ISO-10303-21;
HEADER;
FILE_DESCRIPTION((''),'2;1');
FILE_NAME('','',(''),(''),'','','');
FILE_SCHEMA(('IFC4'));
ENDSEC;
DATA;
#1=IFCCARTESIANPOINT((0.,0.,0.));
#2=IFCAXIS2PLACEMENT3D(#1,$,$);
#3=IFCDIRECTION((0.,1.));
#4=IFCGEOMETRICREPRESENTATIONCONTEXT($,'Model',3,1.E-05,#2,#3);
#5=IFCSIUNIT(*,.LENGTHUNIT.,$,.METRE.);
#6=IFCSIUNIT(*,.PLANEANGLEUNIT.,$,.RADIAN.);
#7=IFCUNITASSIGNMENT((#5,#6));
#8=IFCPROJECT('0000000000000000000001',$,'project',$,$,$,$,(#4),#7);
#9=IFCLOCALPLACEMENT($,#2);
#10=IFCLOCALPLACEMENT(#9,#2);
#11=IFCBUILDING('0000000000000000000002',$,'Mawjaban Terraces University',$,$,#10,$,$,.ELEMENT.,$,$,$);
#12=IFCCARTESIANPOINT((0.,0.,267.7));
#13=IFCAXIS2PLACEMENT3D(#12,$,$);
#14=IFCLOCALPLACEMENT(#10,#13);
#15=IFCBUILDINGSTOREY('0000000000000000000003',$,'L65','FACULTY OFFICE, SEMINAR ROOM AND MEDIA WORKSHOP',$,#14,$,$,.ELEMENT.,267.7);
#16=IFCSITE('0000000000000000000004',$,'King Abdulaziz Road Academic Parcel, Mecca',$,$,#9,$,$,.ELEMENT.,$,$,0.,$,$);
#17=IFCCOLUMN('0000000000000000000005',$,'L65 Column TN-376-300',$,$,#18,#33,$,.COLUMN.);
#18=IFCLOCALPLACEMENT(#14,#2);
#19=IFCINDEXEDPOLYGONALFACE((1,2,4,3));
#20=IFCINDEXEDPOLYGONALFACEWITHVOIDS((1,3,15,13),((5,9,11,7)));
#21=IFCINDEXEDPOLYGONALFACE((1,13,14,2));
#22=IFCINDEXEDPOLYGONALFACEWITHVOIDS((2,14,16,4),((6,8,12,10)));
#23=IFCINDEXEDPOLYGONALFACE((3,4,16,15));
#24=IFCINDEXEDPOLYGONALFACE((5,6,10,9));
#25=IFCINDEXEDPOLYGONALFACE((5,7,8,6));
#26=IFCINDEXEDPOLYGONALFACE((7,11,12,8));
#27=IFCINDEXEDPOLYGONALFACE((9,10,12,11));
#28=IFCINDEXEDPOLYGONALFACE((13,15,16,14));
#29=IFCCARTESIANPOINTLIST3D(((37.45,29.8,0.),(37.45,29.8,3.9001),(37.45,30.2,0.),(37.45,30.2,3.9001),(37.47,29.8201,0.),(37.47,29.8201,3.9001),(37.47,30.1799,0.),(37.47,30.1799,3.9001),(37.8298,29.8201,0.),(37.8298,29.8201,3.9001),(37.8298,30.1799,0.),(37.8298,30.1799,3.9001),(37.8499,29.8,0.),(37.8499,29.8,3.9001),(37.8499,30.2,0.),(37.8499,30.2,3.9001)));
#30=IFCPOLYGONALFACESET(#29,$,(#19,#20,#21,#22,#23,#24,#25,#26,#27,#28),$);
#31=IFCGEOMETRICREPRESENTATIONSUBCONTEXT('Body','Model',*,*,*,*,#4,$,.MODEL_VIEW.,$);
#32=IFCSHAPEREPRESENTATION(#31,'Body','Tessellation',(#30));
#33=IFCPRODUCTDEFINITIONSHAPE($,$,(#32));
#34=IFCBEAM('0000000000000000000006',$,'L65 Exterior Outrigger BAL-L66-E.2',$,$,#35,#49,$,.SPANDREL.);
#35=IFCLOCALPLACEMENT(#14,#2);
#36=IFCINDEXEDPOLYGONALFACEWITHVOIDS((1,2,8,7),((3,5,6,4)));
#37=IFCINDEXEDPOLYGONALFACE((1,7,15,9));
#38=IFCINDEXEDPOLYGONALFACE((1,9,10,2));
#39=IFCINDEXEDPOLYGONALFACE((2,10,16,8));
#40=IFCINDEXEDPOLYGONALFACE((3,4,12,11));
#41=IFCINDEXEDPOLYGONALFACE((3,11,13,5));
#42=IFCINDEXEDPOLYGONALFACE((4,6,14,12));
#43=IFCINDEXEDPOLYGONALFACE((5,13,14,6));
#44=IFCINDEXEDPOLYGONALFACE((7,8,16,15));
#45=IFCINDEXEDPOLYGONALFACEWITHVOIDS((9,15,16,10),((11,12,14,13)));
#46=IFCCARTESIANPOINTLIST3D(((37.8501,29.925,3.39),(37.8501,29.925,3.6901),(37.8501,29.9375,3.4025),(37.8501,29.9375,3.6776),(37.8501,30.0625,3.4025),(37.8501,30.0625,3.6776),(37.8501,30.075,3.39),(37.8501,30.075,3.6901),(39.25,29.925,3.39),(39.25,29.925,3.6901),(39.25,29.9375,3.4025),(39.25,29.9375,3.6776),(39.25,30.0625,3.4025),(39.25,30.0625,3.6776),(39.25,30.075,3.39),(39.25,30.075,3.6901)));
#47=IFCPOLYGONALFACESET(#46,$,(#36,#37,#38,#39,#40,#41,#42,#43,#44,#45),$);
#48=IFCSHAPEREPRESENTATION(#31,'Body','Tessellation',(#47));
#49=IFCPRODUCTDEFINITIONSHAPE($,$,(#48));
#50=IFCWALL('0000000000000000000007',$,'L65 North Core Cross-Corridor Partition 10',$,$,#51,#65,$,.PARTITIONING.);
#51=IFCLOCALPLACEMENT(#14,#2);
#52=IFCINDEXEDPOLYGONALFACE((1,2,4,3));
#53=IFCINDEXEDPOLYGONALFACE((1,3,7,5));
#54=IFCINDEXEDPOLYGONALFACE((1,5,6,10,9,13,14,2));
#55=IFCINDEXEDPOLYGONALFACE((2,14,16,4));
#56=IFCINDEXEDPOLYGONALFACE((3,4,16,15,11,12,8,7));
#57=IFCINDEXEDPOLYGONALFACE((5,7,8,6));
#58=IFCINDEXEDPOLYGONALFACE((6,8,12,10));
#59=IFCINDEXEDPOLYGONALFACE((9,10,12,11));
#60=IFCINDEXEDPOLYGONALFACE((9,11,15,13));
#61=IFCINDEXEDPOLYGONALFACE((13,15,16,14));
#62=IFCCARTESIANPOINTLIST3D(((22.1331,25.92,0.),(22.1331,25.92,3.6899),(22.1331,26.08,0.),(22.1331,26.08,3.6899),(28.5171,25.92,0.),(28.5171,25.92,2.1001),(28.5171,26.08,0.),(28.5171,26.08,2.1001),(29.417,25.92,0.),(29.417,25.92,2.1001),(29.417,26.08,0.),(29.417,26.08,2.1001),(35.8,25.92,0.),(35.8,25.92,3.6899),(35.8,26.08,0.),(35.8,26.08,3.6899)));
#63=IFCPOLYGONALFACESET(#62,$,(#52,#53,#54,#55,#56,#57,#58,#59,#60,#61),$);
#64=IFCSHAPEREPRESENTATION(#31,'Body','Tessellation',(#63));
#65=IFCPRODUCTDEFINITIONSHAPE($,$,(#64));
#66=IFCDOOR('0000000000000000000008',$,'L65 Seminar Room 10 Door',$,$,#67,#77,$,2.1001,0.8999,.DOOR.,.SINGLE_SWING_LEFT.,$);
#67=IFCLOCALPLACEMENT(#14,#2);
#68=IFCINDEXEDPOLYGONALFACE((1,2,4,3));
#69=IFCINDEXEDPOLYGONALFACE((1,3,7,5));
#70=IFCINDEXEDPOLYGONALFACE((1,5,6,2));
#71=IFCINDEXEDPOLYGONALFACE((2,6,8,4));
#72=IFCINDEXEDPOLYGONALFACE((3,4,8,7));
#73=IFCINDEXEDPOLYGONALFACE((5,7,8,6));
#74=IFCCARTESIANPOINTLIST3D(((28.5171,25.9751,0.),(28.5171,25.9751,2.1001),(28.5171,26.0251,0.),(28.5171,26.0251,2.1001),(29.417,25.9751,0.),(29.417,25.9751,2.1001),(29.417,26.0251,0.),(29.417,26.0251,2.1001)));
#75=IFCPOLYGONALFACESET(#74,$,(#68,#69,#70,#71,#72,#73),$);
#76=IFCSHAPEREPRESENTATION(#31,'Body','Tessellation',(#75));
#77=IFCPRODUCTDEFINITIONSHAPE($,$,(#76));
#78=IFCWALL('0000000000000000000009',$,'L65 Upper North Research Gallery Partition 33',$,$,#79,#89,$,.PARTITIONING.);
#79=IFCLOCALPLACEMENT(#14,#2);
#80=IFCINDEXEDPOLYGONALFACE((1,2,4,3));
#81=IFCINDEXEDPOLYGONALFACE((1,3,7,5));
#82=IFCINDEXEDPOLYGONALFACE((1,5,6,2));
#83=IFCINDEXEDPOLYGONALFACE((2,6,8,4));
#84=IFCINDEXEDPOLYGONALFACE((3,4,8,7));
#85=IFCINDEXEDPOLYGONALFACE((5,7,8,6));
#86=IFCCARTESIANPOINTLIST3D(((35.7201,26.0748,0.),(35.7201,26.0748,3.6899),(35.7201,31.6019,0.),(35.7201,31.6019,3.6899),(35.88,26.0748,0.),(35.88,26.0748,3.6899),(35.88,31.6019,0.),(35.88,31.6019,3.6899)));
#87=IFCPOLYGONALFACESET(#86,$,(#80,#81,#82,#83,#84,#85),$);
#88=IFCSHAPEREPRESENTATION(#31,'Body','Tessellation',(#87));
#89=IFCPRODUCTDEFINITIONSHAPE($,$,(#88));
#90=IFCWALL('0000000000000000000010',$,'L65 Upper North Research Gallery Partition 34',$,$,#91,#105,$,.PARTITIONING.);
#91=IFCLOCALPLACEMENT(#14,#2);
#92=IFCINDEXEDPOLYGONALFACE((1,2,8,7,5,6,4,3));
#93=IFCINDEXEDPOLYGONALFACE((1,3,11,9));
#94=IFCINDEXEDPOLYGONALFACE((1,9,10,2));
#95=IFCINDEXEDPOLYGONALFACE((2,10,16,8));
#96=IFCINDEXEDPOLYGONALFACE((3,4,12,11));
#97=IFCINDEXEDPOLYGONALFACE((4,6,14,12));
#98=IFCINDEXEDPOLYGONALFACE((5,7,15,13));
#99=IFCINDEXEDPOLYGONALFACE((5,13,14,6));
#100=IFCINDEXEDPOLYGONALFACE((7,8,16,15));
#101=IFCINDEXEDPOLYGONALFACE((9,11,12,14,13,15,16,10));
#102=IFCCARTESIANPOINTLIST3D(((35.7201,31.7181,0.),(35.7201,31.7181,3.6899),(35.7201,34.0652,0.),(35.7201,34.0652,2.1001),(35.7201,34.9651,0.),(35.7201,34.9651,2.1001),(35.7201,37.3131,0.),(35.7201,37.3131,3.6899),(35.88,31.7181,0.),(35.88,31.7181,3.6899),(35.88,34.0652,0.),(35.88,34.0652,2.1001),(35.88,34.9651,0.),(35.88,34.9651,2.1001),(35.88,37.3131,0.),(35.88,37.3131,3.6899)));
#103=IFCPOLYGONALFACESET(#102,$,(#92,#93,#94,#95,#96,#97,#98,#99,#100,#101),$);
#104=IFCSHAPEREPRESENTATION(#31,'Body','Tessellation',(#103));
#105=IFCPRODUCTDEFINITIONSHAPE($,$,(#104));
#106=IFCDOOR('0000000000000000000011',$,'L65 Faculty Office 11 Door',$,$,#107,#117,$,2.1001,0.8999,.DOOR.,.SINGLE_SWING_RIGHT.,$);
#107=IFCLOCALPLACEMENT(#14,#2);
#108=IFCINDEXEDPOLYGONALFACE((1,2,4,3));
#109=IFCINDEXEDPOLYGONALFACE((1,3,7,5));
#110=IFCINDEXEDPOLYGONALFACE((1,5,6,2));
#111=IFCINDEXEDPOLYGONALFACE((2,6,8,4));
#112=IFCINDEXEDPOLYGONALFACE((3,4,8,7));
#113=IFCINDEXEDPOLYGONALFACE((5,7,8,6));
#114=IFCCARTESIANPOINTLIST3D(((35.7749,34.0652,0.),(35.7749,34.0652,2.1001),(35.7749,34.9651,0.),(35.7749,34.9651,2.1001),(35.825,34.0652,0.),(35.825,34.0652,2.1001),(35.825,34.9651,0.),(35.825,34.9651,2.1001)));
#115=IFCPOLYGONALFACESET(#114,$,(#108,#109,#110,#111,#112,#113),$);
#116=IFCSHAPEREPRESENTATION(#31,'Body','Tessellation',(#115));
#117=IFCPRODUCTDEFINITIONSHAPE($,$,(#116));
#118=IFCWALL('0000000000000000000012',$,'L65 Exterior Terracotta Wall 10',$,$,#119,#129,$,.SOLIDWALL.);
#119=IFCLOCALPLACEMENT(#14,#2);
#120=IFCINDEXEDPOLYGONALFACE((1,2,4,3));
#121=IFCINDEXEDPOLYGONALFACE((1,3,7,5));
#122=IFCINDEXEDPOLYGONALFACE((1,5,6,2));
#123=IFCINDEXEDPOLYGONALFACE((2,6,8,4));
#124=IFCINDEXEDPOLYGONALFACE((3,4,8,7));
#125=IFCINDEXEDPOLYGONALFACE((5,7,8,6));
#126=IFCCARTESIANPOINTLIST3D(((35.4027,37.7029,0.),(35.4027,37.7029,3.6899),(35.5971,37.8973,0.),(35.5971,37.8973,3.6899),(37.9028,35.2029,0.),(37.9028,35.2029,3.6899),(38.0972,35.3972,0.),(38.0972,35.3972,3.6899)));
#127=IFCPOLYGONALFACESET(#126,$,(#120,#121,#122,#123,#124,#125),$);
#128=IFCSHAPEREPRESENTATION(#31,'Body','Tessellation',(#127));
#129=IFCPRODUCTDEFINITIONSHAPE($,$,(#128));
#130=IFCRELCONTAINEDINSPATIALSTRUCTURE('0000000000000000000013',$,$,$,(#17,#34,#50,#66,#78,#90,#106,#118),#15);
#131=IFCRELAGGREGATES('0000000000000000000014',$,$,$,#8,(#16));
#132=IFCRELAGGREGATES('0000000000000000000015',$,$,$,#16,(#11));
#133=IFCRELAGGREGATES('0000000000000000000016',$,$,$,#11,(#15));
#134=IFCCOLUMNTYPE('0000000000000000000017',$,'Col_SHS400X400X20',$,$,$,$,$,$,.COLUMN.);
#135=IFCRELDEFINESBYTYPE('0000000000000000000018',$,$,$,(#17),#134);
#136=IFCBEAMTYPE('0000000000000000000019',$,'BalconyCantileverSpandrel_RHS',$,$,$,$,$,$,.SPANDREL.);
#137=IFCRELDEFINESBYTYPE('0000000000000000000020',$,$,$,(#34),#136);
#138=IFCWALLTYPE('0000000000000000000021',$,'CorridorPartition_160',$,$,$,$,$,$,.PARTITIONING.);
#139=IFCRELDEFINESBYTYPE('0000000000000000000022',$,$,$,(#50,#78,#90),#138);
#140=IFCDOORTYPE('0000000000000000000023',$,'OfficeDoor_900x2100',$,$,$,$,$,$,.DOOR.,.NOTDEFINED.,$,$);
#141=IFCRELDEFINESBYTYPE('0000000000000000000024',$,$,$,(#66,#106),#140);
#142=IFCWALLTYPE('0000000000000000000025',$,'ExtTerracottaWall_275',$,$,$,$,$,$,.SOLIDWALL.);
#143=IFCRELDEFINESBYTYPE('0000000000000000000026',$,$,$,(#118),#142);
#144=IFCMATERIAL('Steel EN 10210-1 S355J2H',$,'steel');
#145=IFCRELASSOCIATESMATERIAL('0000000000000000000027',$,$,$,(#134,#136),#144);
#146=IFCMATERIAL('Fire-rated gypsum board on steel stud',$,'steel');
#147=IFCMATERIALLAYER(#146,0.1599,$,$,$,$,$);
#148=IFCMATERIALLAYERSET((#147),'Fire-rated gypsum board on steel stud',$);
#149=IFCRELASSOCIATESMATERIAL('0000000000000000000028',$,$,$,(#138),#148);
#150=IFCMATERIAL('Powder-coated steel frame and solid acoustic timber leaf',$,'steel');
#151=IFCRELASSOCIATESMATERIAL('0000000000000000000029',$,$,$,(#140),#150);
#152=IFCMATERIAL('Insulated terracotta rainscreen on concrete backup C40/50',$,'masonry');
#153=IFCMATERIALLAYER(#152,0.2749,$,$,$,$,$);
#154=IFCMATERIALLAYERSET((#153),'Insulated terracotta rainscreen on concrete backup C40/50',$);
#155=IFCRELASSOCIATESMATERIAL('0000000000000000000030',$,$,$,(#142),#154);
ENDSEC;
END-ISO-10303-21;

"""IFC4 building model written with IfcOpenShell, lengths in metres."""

from ifc_helpers import new_model, si_unit, direction, frame, frame_2d, origin, origin_2d, place, context, subcontext, project, spatial, rectangle, hollow_rectangle, extrude, material, layer, layer_set, material_profile, profile_set, type_object, element, fill, save


model = new_model("IFC4")

# Units and contexts
model_context = context("Model", 3, precision=1e-05, world=origin(), true_north=direction((0.0, 1.0)))
body_context = subcontext(model_context, "Body", "Model", "MODEL_VIEW")
ifc_project = project(units=[si_unit("LENGTHUNIT", "METRE"), si_unit("PLANEANGLEUNIT", "RADIAN")], contexts=[model_context])

# Site, building, storey
site_placement = place(None, origin())
site = spatial("IfcSite", under=ifc_project, at=site_placement, Name="King Abdulaziz Road Academic Parcel, Mecca", CompositionType="ELEMENT", RefElevation=0.0)
building_placement = place(site_placement, origin())
building = spatial("IfcBuilding", under=site, at=building_placement, Name="Mawjaban Terraces University", CompositionType="ELEMENT")
storey_placement = place(building_placement, frame((0.0, 0.0, 267.7)))
storey = spatial("IfcBuildingStorey", under=building, at=storey_placement, Name="L65", Description="FACULTY OFFICE, SEMINAR ROOM AND MEDIA WORKSHOP", CompositionType="ELEMENT", Elevation=267.7)

# Column
ifc_material_1 = material(Name="Steel EN 10210-1 S355J2H", Category="steel")
ifc_material_profile_1 = material_profile(ifc_material_1, hollow_rectangle(XDim=0.3999, YDim=0.3999, WallThickness=0.02, at=origin_2d()), Name="SHS400X400X20")
ifc_profile_set_1 = profile_set([ifc_material_profile_1], Name="Steel EN 10210-1 S355J2H")
column_type = type_object("IfcColumnType", Name="Col_SHS400X400X20", PredefinedType="COLUMN", material=ifc_profile_set_1)
column_placement = place(storey_placement, frame((37.6499, 30.0, 0.0), z_axis=(0.0, 0.0, 1.0), x_axis=(1.0, 0.0, 0.0)))
element("IfcColumn", 1, at=column_placement, inside=storey, type_object=column_type, Name="L65 Column TN-376-300", PredefinedType="COLUMN", context=body_context, shape_type="SweptSolid", body=[
    extrude(hollow_rectangle(XDim=0.3999, YDim=0.3999, WallThickness=0.02, at=origin_2d()), origin(), (0.0, 0.0, 1.0), 3.9001),
])

# Beam
ifc_material_profile_2 = material_profile(ifc_material_1, hollow_rectangle(XDim=0.1499, YDim=0.3, WallThickness=0.0125, at=origin_2d()), Name="RHS300X150X12.5")
ifc_profile_set_2 = profile_set([ifc_material_profile_2], Name="Steel EN 10210-1 S355J2H")
beam_type = type_object("IfcBeamType", Name="BalconyCantileverSpandrel_RHS", PredefinedType="SPANDREL", material=ifc_profile_set_2)
beam_placement = place(storey_placement, frame((37.8501, 30.0, 3.54), z_axis=(1.0, 0.0, 0.0), x_axis=(0.0, 1.0, 0.0)))
element("IfcBeam", 2, at=beam_placement, inside=storey, type_object=beam_type, Name="L65 Exterior Outrigger BAL-L66-E.2", PredefinedType="SPANDREL", context=body_context, shape_type="SweptSolid", body=[
    extrude(hollow_rectangle(XDim=0.1499, YDim=0.3, WallThickness=0.0125, at=origin_2d()), origin(), (0.0, 0.0, 1.0), 1.3999),
])

# Wall, opening, door
ifc_material_2 = material(Name="Fire-rated gypsum board on steel stud", Category="steel")
ifc_layer_1 = layer(ifc_material_2, 0.1599)
ifc_layer_set_1 = layer_set([ifc_layer_1], Name="Fire-rated gypsum board on steel stud")
wall_type_1 = type_object("IfcWallType", Name="CorridorPartition_160", PredefinedType="PARTITIONING", material=ifc_layer_set_1)
wall_1_placement = place(storey_placement, frame((35.8, 26.0, 0.0), z_axis=(0.0, 0.0, 1.0), x_axis=(-1.0, 0.0, 0.0)))
wall_1 = element("IfcWall", 3, at=wall_1_placement, inside=storey, type_object=wall_type_1, Name="L65 North Core Cross-Corridor Partition 10", PredefinedType="PARTITIONING", context=body_context, shape_type="SweptSolid", body=[
    extrude(rectangle(XDim=13.667, YDim=0.1599, at=frame_2d((6.8335, 0.0))), origin(), (0.0, 0.0, 1.0), 3.6899),
])
opening_1_placement = place(wall_1_placement, frame((6.3831, 0.0, 0.0)))
opening_1 = element("IfcOpeningElement", 4, at=opening_1_placement, cuts=wall_1, PredefinedType="OPENING", context=body_context, shape_type="SweptSolid", body=[
    extrude(rectangle(XDim=0.8999, YDim=2.1001, at=frame_2d((0.45, 1.05))), frame((0.0, 0.0898, 0.0), z_axis=(0.0, -1.0, 0.0), x_axis=(1.0, 0.0, 0.0)), (0.0, 0.0, 1.0), 0.1799),
])
ifc_material_3 = material(Name="Powder-coated steel frame and solid acoustic timber leaf", Category="steel")
door_type = type_object("IfcDoorType", Name="OfficeDoor_900x2100", OperationType="NOTDEFINED", PredefinedType="DOOR", material=ifc_material_3)
door_1_placement = place(opening_1_placement, origin())
door_1 = element("IfcDoor", 5, at=door_1_placement, inside=storey, type_object=door_type, Name="L65 Seminar Room 10 Door", OperationType="SINGLE_SWING_LEFT", OverallHeight=2.1001, OverallWidth=0.8999, PredefinedType="DOOR", context=body_context, shape_type="SweptSolid", body=[
    extrude(rectangle(XDim=0.8999, YDim=2.1001, at=frame_2d((0.45, 1.05))), frame((0.0, 0.0249, 0.0), z_axis=(0.0, -1.0, 0.0), x_axis=(1.0, 0.0, 0.0)), (0.0, 0.0, 1.0), 0.05),
])
fill(opening_1, door_1)

# Wall
wall_2_placement = place(storey_placement, frame((35.8, 31.6021, 0.0), z_axis=(0.0, 0.0, 1.0), x_axis=(0.0, -1.0, 0.0)))
element("IfcWall", 6, at=wall_2_placement, inside=storey, type_object=wall_type_1, Name="L65 Upper North Research Gallery Partition 33", PredefinedType="PARTITIONING", context=body_context, shape_type="SweptSolid", body=[
    extrude(rectangle(XDim=5.5271, YDim=0.1599, at=frame_2d((2.7637, 0.0))), origin(), (0.0, 0.0, 1.0), 3.6899),
])

# Wall, opening, door
wall_3_placement = place(storey_placement, frame((35.8, 37.313, 0.0), z_axis=(0.0, 0.0, 1.0), x_axis=(0.0, -1.0, 0.0)))
wall_3 = element("IfcWall", 7, at=wall_3_placement, inside=storey, type_object=wall_type_1, Name="L65 Upper North Research Gallery Partition 34", PredefinedType="PARTITIONING", context=body_context, shape_type="SweptSolid", body=[
    extrude(rectangle(XDim=5.595, YDim=0.1599, at=frame_2d((2.7974, 0.0))), origin(), (0.0, 0.0, 1.0), 3.6899),
])
opening_2_placement = place(wall_3_placement, frame((2.3479, 0.0, 0.0)))
opening_2 = element("IfcOpeningElement", 8, at=opening_2_placement, cuts=wall_3, PredefinedType="OPENING", context=body_context, shape_type="SweptSolid", body=[
    extrude(rectangle(XDim=0.8999, YDim=2.1001, at=frame_2d((0.45, 1.05))), frame((0.0, 0.0898, 0.0), z_axis=(0.0, -1.0, 0.0), x_axis=(1.0, 0.0, 0.0)), (0.0, 0.0, 1.0), 0.1799),
])
door_2_placement = place(opening_2_placement, origin())
door_2 = element("IfcDoor", 9, at=door_2_placement, inside=storey, type_object=door_type, Name="L65 Faculty Office 11 Door", OperationType="SINGLE_SWING_RIGHT", OverallHeight=2.1001, OverallWidth=0.8999, PredefinedType="DOOR", context=body_context, shape_type="SweptSolid", body=[
    extrude(rectangle(XDim=0.8999, YDim=2.1001, at=frame_2d((0.45, 1.05))), frame((0.0, 0.0249, 0.0), z_axis=(0.0, -1.0, 0.0), x_axis=(1.0, 0.0, 0.0)), (0.0, 0.0, 1.0), 0.05),
])
fill(opening_2, door_2)

# Wall
ifc_material_4 = material(Name="Insulated terracotta rainscreen on concrete backup C40/50", Category="masonry")
ifc_layer_2 = layer(ifc_material_4, 0.2749)
ifc_layer_set_2 = layer_set([ifc_layer_2], Name="Insulated terracotta rainscreen on concrete backup C40/50")
wall_type_2 = type_object("IfcWallType", Name="ExtTerracottaWall_275", PredefinedType="SOLIDWALL", material=ifc_layer_set_2)
wall_4_placement = place(storey_placement, frame((38.0, 35.3, 0.0), z_axis=(0.0, 0.0, 1.0), x_axis=(-0.707107, 0.707107, 0.0)))
element("IfcWall", 10, at=wall_4_placement, inside=storey, type_object=wall_type_2, Name="L65 Exterior Terracotta Wall 10", PredefinedType="SOLIDWALL", context=body_context, shape_type="SweptSolid", body=[
    extrude(rectangle(XDim=3.5356, YDim=0.2749, at=frame_2d((1.7678, 0.0))), origin(), (0.0, 0.0, 1.0), 3.6899),
])

save(model, "model.ifc")
